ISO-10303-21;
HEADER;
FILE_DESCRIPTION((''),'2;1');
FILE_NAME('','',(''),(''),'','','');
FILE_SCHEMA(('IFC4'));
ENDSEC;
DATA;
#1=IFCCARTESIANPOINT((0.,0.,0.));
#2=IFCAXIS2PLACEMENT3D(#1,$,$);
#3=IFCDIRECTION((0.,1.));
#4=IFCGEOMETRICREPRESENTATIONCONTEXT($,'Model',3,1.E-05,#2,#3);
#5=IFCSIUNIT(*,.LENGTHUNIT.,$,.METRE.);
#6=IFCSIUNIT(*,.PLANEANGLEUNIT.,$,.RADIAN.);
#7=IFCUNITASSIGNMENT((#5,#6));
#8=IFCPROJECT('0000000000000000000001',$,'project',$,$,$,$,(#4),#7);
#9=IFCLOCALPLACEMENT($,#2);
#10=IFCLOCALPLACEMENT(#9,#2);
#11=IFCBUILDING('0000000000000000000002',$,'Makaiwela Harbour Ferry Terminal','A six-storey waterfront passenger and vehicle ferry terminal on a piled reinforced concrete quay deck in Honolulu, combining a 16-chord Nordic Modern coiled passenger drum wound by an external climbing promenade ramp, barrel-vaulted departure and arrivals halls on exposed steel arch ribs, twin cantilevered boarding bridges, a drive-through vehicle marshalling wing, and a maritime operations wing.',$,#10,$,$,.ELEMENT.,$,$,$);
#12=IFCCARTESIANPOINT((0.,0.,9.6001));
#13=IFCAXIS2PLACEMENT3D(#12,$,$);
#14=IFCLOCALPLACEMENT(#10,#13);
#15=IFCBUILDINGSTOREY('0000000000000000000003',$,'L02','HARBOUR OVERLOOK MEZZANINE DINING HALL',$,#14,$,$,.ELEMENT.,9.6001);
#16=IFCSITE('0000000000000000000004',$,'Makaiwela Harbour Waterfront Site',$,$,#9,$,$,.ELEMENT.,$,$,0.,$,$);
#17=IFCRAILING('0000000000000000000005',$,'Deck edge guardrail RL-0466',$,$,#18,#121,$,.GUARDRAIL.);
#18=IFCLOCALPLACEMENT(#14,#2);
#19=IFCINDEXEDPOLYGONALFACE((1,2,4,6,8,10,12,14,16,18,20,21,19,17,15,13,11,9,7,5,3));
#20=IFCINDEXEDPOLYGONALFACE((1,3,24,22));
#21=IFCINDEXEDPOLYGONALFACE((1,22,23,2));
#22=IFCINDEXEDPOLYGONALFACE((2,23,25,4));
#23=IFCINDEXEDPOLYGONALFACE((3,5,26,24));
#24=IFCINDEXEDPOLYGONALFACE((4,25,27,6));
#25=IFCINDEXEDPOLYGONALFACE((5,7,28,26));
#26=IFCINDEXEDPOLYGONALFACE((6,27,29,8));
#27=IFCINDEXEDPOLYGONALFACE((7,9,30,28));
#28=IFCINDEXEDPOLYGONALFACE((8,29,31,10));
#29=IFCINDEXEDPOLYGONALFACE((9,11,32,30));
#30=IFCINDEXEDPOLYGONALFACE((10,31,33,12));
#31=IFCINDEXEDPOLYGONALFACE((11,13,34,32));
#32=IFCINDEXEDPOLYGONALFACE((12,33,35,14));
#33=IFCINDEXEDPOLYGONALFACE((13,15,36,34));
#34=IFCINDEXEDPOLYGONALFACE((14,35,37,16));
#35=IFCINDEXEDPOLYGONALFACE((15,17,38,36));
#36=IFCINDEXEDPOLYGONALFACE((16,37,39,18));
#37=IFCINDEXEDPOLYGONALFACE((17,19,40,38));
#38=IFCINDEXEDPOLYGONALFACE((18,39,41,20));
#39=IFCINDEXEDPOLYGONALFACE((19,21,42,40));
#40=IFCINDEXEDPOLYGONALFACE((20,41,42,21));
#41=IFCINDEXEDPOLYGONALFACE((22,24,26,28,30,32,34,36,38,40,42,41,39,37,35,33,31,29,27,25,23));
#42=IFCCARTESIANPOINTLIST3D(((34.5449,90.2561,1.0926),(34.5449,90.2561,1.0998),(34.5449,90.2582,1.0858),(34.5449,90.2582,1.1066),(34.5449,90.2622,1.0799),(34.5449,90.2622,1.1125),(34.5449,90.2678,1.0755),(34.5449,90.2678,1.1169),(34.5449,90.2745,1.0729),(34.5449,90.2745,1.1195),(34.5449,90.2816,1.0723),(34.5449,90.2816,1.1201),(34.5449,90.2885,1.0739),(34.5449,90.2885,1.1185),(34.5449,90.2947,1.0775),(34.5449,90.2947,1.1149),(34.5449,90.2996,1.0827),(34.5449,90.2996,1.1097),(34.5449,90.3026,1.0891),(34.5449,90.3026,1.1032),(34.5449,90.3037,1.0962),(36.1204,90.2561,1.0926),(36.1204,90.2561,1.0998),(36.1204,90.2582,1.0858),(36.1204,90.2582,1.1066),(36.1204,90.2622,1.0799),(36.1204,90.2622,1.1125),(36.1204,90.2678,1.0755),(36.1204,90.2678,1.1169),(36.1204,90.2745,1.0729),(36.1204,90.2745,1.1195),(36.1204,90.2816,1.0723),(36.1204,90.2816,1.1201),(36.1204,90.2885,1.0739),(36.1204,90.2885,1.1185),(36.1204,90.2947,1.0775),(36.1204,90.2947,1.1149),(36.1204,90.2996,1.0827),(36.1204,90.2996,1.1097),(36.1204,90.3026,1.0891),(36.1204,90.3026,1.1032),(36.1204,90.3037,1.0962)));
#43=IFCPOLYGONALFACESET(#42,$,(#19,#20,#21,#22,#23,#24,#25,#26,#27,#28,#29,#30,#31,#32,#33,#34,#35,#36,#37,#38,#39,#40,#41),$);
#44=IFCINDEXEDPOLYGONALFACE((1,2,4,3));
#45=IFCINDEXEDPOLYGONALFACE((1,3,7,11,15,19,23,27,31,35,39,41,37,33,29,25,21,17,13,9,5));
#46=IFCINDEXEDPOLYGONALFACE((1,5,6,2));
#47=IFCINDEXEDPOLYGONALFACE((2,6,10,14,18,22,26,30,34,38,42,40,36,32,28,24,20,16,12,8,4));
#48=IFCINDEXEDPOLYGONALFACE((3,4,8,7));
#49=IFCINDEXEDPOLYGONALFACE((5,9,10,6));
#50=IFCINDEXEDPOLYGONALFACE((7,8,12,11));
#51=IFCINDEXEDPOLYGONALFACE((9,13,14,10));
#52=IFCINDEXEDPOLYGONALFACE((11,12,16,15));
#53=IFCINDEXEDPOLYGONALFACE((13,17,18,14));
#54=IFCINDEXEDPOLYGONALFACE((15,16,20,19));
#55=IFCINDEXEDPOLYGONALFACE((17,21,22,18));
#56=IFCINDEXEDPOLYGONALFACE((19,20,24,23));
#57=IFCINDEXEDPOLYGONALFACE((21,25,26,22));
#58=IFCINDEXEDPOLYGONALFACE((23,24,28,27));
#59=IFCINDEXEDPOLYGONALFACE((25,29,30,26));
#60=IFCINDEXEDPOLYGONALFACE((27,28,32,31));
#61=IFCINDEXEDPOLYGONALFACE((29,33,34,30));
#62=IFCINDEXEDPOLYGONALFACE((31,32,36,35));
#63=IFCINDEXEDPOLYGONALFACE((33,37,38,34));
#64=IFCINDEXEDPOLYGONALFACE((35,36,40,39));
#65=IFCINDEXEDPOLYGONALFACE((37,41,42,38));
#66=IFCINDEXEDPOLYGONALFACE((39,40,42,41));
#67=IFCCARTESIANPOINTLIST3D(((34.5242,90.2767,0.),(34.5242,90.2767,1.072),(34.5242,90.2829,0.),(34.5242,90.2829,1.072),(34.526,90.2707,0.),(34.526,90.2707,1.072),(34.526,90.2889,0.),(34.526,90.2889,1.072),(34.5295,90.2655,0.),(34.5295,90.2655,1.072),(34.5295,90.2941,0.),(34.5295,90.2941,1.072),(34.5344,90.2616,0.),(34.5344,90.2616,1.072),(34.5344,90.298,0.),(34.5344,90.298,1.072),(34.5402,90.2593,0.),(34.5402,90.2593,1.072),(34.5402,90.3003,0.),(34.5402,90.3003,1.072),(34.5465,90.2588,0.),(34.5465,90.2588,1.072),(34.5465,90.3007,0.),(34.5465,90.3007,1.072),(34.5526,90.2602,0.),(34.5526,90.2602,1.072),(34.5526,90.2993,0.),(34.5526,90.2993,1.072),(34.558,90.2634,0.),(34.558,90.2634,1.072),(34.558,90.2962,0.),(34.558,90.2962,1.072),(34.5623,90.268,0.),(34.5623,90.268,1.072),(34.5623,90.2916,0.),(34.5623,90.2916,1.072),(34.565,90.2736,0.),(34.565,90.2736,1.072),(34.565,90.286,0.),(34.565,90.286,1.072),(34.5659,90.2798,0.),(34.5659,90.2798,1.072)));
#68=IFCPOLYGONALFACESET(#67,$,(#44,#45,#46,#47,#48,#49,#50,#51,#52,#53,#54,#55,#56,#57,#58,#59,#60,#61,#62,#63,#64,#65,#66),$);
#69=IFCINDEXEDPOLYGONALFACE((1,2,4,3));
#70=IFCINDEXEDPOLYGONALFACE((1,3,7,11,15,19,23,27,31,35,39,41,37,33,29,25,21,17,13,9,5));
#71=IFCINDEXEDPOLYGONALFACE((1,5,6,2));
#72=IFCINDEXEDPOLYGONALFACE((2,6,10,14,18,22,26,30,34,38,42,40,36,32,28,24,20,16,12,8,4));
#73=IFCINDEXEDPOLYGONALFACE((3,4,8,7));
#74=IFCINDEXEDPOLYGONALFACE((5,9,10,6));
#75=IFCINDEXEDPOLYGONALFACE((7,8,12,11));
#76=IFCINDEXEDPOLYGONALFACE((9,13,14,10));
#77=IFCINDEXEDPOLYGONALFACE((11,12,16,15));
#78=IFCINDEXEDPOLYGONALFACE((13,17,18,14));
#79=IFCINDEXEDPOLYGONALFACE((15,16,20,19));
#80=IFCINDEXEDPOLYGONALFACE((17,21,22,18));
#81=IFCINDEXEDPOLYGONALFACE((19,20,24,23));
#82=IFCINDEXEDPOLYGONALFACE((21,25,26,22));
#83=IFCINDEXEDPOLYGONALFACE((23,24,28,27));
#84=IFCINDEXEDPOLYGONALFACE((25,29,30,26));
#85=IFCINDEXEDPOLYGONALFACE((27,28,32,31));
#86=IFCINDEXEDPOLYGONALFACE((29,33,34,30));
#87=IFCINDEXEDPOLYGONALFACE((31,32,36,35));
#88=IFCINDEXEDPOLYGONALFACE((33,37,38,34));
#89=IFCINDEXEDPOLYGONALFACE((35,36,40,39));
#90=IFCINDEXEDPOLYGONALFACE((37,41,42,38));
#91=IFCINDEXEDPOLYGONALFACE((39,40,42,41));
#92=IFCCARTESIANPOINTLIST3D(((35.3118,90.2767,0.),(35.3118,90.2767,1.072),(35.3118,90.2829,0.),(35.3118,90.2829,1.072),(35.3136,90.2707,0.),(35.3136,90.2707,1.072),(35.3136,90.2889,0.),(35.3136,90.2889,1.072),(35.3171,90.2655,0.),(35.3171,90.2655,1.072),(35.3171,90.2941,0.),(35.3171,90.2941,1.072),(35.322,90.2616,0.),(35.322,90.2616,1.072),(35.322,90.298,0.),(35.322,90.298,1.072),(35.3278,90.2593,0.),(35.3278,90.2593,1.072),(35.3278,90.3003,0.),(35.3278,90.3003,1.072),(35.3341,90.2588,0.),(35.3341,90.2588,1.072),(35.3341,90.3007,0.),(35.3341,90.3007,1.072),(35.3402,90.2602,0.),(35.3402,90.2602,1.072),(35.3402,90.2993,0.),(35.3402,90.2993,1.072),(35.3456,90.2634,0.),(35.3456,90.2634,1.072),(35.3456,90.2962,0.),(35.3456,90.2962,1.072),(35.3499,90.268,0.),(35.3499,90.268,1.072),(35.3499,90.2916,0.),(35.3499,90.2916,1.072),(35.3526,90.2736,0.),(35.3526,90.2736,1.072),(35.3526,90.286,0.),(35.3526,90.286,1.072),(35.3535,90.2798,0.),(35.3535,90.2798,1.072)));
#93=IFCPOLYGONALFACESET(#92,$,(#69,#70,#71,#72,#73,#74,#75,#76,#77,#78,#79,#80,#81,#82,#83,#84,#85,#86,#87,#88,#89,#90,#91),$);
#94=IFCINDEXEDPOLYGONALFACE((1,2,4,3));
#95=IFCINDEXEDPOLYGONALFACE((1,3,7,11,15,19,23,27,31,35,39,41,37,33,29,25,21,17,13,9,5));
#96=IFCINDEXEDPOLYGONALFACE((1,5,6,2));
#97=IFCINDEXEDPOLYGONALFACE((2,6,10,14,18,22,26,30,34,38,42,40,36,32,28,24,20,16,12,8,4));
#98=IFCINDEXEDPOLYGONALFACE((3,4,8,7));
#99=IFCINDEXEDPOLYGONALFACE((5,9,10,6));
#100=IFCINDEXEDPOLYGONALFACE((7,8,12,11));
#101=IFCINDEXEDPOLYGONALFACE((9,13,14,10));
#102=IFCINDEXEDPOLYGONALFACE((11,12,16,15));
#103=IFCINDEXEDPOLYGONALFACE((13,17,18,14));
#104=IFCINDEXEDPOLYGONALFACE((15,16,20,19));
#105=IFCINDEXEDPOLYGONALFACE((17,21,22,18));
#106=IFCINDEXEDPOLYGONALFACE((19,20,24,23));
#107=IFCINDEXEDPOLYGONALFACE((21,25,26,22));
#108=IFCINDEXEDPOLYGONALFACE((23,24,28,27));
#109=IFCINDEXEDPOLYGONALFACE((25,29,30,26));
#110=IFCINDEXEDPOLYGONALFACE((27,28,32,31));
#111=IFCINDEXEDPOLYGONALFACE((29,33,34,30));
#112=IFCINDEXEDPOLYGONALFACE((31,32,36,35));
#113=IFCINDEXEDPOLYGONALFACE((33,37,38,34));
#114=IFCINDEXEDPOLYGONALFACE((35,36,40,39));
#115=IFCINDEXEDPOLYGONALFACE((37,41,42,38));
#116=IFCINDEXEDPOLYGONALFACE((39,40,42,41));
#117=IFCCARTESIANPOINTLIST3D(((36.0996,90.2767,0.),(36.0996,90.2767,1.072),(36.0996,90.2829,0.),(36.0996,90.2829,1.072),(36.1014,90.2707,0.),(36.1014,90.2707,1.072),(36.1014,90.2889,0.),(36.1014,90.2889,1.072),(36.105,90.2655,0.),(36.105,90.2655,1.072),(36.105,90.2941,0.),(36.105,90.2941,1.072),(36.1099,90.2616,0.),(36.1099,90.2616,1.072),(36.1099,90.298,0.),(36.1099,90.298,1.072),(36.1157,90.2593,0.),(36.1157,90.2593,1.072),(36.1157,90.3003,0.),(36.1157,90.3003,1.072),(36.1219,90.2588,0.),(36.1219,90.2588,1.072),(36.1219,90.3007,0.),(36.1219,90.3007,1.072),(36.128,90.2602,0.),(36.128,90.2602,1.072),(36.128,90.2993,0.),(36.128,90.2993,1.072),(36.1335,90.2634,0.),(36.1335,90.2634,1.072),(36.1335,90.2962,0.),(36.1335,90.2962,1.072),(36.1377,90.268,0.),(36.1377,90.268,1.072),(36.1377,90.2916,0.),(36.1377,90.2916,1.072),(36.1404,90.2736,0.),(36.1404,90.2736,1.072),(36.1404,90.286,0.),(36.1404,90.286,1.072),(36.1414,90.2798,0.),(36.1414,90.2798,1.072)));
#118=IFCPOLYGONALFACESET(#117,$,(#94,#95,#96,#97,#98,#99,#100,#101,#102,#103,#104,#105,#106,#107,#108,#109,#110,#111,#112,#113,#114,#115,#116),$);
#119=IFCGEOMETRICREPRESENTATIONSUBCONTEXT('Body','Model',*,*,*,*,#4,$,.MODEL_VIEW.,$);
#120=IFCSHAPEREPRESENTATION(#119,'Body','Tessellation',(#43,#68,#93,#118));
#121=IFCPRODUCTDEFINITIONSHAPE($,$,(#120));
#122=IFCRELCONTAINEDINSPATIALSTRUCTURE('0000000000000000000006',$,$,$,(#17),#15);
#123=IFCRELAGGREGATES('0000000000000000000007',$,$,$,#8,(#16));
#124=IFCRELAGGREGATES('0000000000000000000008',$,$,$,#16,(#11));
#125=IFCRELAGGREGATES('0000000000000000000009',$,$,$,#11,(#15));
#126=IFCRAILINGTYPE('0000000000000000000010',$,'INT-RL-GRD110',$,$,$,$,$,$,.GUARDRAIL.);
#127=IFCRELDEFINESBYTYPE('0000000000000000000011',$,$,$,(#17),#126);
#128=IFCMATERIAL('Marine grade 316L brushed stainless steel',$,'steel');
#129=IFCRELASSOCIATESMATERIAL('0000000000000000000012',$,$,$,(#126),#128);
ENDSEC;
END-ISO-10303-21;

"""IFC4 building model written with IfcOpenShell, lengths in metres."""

from ifc_helpers import new_model, si_unit, direction, frame, origin, origin_2d, place, context, subcontext, project, spatial, circle, extrude, material, type_object, element, save


model = new_model("IFC4")

# Units and contexts
model_context = context("Model", 3, precision=1e-05, world=origin(), true_north=direction((0.0, 1.0)))
body_context = subcontext(model_context, "Body", "Model", "MODEL_VIEW")
ifc_project = project(units=[si_unit("LENGTHUNIT", "METRE"), si_unit("PLANEANGLEUNIT", "RADIAN")], contexts=[model_context])

# Site, building, storey
site_placement = place(None, origin())
site = spatial("IfcSite", under=ifc_project, at=site_placement, Name="Makaiwela Harbour Waterfront Site", CompositionType="ELEMENT", RefElevation=0.0)
building_placement = place(site_placement, origin())
building = spatial("IfcBuilding", under=site, at=building_placement, Name="Makaiwela Harbour Ferry Terminal", Description="A six-storey waterfront passenger and vehicle ferry terminal on a piled reinforced concrete quay deck in Honolulu, combining a 16-chord Nordic Modern coiled passenger drum wound by an external climbing promenade ramp, barrel-vaulted departure and arrivals halls on exposed steel arch ribs, twin cantilevered boarding bridges, a drive-through vehicle marshalling wing, and a maritime operations wing.", CompositionType="ELEMENT")
storey_placement = place(building_placement, frame((0.0, 0.0, 9.6001)))
storey = spatial("IfcBuildingStorey", under=building, at=storey_placement, Name="L02", Description="HARBOUR OVERLOOK MEZZANINE DINING HALL", CompositionType="ELEMENT", Elevation=9.6001)

# Railing
ifc_material_1 = material(Name="Marine grade 316L brushed stainless steel", Category="steel")
railing_type = type_object("IfcRailingType", Name="INT-RL-GRD110", PredefinedType="GUARDRAIL", material=ifc_material_1)
railing_1_placement = place(storey_placement, frame((34.5449, 90.2798, 0.0)))
element("IfcRailing", 1, at=railing_1_placement, inside=storey, type_object=railing_type, Name="Deck edge guardrail RL-0466", PredefinedType="GUARDRAIL", context=body_context, shape_type="SweptSolid", body=[
    extrude(circle(Radius=0.0239, at=origin_2d()), frame((0.0, 0.0, 1.0962), z_axis=(1.0, 0.0, 0.0), x_axis=(0.0, 1.0, 0.0)), (0.0, 0.0, 1.0), 1.5754),
    extrude(circle(Radius=0.021, at=origin_2d()), origin(), (0.0, 0.0, 1.0), 1.072),
    extrude(circle(Radius=0.021, at=origin_2d()), frame((0.7876, 0.0, 0.0)), (0.0, 0.0, 1.0), 1.072),
    extrude(circle(Radius=0.021, at=origin_2d()), frame((1.5754, 0.0, 0.0)), (0.0, 0.0, 1.0), 1.072),
])

save(model, "model.ifc")
